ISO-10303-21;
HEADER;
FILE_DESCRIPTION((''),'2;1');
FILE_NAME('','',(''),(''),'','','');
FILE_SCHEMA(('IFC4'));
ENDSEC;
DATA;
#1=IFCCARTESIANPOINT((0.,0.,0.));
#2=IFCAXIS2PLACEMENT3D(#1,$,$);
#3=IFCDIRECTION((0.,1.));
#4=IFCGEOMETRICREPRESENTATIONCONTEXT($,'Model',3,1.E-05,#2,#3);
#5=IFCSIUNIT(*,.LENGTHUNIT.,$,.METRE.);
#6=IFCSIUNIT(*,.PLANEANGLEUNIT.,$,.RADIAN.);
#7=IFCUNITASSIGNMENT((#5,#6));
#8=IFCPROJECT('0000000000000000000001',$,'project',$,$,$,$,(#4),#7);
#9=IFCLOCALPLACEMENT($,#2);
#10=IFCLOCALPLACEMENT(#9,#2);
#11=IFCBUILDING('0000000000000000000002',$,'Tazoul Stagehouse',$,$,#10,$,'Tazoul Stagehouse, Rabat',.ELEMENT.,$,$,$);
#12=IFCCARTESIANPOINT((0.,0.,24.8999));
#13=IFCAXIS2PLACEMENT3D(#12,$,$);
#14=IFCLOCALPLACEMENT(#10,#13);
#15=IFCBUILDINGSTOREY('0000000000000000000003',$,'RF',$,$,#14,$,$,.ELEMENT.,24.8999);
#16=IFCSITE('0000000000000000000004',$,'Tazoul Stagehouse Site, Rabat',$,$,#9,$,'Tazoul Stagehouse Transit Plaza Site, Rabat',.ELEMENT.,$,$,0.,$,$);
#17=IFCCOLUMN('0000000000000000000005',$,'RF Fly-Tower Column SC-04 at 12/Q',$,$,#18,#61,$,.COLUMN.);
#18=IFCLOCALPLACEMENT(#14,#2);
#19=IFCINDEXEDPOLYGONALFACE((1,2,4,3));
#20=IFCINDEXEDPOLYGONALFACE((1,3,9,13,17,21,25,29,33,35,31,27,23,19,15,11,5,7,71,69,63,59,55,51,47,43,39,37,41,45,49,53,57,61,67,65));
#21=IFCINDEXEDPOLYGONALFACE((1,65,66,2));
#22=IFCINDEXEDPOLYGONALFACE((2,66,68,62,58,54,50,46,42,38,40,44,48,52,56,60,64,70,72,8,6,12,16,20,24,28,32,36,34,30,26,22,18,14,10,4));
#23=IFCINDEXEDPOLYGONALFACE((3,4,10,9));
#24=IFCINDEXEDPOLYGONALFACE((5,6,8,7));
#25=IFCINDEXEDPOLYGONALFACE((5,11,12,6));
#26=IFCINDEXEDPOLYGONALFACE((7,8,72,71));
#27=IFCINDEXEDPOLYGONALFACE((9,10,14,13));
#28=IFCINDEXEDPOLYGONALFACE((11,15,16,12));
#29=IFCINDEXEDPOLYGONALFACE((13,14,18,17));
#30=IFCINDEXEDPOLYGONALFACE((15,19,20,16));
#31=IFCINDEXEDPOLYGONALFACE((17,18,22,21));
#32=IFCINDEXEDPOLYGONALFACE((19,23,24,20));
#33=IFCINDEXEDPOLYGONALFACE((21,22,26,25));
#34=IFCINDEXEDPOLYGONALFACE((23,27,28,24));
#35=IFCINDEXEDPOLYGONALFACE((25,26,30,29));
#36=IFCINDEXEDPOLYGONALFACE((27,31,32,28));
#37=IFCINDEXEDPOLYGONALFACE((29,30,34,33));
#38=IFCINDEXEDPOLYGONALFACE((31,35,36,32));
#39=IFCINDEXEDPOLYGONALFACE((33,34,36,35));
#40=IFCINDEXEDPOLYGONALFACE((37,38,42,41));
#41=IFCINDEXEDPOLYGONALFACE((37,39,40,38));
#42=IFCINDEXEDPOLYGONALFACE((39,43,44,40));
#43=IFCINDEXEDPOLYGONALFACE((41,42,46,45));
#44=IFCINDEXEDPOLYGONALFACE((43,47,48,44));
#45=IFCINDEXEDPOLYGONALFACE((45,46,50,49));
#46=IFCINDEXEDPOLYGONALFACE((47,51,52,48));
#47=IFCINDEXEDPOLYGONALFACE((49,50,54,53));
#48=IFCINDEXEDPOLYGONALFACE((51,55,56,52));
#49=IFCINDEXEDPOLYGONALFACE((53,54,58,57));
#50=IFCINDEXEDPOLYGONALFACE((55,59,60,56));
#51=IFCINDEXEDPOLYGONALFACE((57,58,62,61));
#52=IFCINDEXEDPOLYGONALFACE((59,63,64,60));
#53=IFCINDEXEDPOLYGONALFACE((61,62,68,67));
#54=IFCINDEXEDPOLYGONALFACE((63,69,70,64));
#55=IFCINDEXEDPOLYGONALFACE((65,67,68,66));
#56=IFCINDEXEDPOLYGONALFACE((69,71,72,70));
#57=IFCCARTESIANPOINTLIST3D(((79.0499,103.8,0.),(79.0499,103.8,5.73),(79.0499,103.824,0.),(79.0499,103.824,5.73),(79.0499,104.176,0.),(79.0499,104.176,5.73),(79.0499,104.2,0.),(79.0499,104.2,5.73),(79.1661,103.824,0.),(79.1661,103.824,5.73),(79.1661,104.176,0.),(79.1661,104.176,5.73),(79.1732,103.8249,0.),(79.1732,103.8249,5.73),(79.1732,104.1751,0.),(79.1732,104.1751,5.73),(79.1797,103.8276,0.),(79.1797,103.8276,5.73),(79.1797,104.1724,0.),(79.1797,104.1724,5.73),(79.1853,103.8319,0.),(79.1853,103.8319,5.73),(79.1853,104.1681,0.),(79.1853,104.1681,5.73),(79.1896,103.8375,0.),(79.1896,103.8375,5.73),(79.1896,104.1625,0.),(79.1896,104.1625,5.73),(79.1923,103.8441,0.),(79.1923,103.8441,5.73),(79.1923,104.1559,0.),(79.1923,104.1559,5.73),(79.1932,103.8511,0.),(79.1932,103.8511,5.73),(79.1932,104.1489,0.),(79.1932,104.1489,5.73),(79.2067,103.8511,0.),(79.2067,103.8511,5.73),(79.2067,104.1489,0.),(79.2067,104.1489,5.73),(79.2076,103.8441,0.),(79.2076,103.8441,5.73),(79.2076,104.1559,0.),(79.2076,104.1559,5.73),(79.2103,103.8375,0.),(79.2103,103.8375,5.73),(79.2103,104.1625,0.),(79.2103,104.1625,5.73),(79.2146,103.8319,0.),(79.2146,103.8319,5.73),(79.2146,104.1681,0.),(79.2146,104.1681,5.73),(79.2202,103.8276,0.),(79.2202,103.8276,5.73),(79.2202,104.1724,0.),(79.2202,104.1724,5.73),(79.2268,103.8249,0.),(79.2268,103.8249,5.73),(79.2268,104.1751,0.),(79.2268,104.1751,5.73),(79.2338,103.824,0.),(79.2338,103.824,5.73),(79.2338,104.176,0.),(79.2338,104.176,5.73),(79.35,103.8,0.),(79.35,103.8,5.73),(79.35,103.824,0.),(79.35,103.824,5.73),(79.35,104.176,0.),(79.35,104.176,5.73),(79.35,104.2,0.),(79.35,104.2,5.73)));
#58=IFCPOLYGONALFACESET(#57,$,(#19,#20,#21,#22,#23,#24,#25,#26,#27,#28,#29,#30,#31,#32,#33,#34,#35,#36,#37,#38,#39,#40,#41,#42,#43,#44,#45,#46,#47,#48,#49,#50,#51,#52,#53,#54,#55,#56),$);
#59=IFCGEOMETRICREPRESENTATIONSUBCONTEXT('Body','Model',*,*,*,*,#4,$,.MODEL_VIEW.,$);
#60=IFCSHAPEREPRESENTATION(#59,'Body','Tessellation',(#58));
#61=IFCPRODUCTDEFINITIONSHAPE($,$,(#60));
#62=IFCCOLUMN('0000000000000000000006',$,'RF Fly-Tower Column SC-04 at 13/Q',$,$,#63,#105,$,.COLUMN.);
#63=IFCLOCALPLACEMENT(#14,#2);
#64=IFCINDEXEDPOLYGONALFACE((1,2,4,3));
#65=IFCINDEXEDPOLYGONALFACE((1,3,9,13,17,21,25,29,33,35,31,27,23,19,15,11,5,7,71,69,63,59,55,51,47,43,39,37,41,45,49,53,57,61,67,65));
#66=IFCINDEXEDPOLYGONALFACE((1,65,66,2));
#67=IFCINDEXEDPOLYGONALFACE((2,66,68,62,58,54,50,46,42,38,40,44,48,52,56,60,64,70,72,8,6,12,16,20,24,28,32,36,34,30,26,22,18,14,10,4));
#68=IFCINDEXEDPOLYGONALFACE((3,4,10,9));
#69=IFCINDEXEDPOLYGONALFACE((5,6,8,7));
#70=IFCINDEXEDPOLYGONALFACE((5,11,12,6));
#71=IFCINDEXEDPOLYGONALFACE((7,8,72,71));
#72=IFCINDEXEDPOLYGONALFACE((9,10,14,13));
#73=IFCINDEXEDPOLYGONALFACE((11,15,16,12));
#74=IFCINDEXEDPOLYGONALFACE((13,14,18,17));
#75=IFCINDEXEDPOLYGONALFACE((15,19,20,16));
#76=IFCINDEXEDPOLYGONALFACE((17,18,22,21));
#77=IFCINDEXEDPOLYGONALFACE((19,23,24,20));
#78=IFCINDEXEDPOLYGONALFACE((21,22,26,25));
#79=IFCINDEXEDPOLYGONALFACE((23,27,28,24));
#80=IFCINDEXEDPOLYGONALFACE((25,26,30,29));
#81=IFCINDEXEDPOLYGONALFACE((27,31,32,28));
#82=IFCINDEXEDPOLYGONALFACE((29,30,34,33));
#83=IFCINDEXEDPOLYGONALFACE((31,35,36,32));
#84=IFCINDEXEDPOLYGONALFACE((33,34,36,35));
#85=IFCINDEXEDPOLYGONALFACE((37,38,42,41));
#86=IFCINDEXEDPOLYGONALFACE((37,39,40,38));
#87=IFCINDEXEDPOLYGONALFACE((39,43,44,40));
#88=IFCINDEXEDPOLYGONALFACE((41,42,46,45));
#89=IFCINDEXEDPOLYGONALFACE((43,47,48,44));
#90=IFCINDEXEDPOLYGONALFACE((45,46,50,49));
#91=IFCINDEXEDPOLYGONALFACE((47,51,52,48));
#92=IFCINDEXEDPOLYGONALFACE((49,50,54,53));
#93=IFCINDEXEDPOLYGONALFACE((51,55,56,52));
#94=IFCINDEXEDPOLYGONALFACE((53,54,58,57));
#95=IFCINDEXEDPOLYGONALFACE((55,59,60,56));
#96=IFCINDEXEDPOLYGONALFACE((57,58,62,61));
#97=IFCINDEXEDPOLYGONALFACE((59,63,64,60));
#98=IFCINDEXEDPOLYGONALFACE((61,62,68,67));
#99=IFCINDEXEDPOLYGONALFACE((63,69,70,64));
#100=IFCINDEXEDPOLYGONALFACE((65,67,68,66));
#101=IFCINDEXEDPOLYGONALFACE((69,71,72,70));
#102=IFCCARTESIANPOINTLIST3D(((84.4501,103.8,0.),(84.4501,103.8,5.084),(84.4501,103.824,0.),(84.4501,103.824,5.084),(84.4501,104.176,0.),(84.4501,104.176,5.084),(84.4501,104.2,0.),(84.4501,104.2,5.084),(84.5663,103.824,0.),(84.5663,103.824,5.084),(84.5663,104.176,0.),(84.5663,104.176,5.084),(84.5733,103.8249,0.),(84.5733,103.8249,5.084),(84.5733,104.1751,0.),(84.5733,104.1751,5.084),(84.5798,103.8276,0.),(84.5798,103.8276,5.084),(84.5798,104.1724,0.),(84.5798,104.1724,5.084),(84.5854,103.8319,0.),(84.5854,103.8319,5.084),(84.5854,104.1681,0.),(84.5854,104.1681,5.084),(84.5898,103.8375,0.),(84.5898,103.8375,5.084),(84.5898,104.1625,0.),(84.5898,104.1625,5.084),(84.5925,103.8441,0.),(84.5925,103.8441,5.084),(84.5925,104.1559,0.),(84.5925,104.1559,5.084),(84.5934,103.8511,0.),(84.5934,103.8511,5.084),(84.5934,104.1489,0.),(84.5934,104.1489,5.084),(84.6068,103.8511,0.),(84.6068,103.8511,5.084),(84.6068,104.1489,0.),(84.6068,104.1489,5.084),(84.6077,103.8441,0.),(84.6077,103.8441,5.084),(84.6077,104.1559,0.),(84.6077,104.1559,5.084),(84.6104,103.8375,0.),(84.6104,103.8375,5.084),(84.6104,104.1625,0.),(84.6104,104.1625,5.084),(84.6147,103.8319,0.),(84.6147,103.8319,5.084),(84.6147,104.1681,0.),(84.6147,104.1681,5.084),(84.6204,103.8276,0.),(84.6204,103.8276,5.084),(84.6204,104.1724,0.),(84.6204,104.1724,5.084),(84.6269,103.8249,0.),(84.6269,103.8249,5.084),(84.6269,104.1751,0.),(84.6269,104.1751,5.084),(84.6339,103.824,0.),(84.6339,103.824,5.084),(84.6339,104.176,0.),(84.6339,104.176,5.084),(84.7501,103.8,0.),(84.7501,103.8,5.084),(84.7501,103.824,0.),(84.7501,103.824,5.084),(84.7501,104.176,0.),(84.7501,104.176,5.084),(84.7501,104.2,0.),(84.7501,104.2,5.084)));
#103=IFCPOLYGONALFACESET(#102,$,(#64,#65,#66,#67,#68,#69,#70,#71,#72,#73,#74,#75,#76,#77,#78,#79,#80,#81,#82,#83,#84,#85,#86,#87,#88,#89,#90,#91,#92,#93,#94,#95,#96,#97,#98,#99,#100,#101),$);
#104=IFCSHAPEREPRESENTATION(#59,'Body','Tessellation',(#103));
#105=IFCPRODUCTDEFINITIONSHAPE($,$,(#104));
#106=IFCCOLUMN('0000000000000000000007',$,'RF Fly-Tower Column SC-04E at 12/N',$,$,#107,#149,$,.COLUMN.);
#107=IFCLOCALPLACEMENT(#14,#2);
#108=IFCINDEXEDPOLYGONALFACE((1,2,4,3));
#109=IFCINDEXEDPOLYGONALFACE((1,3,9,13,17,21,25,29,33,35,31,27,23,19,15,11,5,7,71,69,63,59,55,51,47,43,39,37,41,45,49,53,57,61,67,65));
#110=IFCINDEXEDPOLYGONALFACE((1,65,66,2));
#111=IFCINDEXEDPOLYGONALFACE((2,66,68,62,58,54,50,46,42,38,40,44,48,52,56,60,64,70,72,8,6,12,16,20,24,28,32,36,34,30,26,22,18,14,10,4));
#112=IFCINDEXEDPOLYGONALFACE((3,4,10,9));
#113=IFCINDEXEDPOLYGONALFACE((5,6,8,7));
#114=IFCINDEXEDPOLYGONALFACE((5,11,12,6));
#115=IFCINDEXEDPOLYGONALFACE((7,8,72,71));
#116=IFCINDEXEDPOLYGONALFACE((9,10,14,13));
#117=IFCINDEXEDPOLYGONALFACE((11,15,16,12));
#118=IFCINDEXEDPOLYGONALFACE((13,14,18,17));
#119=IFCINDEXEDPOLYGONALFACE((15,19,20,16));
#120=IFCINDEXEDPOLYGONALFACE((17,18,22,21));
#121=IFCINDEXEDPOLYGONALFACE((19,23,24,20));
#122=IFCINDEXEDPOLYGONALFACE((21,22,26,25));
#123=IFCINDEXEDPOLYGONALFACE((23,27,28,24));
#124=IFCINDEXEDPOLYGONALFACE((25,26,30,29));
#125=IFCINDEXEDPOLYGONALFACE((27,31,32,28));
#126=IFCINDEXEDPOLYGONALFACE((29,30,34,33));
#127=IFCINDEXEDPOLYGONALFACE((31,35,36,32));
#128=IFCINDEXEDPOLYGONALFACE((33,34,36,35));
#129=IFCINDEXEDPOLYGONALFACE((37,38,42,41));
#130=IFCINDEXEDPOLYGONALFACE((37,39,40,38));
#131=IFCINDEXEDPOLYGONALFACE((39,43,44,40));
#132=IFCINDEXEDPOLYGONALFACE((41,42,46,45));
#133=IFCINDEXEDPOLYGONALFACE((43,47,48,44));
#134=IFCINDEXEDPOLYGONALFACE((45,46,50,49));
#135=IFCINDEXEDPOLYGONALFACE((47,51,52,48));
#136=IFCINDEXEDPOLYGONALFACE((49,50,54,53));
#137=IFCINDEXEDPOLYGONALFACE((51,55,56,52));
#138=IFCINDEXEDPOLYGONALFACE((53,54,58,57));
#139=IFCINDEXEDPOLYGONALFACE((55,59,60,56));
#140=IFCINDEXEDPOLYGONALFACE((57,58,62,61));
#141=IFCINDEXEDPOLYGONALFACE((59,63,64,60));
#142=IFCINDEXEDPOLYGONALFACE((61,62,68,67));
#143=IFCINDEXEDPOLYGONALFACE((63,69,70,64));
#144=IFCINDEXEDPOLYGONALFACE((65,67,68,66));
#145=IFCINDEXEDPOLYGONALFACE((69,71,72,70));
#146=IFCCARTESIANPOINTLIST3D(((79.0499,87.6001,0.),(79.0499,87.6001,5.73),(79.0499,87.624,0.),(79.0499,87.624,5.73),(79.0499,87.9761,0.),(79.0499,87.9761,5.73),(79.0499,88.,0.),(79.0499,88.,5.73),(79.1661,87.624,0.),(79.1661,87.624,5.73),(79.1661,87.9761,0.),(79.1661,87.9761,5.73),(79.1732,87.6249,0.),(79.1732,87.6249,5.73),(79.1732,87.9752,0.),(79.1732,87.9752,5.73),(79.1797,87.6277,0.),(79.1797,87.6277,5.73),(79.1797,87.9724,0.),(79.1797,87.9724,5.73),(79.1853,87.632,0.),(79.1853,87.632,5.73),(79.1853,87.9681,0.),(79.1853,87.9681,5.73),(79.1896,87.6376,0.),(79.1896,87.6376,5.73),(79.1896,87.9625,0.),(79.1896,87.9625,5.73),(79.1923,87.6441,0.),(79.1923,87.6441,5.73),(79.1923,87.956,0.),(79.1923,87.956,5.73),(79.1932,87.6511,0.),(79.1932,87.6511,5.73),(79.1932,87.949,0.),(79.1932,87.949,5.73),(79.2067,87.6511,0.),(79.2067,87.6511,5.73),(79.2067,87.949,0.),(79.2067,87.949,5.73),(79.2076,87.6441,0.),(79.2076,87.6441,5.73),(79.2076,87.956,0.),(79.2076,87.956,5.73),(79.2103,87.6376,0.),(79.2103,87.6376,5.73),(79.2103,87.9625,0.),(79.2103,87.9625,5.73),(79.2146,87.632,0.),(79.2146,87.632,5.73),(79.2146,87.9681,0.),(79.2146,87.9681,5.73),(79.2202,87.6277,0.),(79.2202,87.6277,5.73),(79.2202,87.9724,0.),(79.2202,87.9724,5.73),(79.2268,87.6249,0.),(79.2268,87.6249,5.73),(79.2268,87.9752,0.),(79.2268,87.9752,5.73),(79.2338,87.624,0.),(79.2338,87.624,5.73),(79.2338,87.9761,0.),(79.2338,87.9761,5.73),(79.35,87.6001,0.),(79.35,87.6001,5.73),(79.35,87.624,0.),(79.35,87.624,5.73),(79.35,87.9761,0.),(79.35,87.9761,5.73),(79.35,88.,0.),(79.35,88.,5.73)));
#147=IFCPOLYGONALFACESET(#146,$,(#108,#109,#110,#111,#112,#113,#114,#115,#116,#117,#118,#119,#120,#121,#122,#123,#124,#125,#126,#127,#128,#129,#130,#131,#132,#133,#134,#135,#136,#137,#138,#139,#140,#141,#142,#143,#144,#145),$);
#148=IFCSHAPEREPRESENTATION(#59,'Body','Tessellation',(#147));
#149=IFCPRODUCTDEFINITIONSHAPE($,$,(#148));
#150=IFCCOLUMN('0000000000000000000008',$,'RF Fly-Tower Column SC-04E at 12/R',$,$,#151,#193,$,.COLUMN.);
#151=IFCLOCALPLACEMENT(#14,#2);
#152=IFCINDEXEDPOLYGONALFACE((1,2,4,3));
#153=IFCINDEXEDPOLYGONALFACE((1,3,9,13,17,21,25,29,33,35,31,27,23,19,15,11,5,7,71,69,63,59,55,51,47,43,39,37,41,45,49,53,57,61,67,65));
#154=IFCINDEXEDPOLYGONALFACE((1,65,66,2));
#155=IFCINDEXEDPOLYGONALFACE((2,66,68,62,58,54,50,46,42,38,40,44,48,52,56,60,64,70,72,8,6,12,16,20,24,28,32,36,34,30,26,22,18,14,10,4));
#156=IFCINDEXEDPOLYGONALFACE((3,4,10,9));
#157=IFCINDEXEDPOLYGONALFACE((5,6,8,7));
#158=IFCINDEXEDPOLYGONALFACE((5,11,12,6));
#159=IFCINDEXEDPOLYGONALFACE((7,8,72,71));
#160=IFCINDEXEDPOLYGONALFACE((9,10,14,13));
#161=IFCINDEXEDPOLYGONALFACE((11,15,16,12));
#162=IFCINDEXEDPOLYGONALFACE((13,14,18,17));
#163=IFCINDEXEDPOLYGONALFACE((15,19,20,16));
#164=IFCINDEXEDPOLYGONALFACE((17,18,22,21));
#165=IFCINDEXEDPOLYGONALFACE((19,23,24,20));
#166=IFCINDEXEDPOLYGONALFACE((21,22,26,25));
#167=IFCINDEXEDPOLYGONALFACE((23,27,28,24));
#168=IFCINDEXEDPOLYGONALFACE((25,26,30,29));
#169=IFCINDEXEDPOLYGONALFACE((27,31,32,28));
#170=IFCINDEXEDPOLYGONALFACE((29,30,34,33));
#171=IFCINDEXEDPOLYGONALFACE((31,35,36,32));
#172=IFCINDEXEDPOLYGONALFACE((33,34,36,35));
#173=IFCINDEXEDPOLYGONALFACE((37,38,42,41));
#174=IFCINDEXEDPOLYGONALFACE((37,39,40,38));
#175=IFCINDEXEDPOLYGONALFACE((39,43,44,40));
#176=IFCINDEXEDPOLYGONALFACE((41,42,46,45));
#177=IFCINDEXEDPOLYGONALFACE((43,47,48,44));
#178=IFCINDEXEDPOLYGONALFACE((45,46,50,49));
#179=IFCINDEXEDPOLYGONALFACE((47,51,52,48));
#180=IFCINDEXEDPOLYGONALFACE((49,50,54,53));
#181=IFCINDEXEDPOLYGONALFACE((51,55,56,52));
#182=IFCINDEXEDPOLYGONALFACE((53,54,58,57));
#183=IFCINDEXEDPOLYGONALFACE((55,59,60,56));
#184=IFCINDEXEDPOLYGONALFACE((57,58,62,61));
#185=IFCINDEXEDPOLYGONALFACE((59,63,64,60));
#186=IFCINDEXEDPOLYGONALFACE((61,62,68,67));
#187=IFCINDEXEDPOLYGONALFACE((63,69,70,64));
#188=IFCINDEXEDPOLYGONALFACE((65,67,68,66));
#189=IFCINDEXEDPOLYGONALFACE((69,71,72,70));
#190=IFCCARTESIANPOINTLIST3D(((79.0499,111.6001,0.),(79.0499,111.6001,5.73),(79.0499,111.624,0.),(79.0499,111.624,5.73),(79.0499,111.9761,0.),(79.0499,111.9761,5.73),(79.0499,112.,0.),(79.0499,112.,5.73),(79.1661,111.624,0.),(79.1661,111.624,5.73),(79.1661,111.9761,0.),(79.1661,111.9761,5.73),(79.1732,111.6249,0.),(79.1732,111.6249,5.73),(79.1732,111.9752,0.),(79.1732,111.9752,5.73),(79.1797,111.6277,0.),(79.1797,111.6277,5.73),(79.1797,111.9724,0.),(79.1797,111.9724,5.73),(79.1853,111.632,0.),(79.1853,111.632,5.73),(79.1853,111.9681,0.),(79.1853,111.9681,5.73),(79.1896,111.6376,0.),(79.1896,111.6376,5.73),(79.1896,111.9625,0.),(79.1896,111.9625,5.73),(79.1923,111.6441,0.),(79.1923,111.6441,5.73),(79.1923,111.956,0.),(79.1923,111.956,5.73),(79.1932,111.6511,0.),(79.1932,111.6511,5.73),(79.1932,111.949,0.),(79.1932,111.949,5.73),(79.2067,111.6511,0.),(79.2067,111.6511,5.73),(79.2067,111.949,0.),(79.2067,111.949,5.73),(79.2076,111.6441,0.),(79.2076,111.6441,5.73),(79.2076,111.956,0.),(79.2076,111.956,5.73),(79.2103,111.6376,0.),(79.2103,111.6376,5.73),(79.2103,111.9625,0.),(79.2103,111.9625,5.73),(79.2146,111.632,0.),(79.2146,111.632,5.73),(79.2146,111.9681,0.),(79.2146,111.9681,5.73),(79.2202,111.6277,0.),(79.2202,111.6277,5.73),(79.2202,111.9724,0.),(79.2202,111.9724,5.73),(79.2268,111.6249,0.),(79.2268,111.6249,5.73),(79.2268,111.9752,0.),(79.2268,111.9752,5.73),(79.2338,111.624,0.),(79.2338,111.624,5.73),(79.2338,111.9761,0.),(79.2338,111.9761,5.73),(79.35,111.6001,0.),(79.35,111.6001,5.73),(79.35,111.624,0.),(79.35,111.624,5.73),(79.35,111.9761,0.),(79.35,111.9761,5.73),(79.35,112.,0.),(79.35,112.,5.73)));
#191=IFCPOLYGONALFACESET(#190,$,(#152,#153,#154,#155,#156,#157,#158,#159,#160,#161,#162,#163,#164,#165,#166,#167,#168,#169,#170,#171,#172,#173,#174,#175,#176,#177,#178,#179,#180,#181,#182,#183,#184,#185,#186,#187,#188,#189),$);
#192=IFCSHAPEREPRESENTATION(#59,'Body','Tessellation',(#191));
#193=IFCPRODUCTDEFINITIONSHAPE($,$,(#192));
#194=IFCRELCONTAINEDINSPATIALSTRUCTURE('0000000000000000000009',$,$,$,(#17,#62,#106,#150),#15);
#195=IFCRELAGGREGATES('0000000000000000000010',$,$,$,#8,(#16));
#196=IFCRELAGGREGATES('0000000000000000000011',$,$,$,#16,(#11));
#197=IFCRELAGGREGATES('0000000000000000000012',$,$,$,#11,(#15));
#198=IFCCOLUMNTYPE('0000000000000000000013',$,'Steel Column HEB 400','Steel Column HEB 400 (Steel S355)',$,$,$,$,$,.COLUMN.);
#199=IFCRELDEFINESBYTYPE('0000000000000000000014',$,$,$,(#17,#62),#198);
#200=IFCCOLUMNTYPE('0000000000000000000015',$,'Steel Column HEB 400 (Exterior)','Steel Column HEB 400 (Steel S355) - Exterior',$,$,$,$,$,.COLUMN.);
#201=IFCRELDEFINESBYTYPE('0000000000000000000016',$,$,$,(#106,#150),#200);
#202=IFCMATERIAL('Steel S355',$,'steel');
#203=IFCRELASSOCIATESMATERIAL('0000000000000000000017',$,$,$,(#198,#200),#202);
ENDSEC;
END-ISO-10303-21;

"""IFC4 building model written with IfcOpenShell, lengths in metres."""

from ifc_helpers import new_model, si_unit, direction, frame, origin, origin_2d, place, context, subcontext, project, spatial, i_section, extrude, material, material_profile, profile_set, type_object, element, save


model = new_model("IFC4")

# Units and contexts
model_context = context("Model", 3, precision=1e-05, world=origin(), true_north=direction((0.0, 1.0)))
body_context = subcontext(model_context, "Body", "Model", "MODEL_VIEW")
ifc_project = project(units=[si_unit("LENGTHUNIT", "METRE"), si_unit("PLANEANGLEUNIT", "RADIAN")], contexts=[model_context])

# Site, building, storey
site_placement = place(None, origin())
site = spatial("IfcSite", under=ifc_project, at=site_placement, Name="Tazoul Stagehouse Site, Rabat", LongName="Tazoul Stagehouse Transit Plaza Site, Rabat", CompositionType="ELEMENT", RefElevation=0.0)
building_placement = place(site_placement, origin())
building = spatial("IfcBuilding", under=site, at=building_placement, Name="Tazoul Stagehouse", LongName="Tazoul Stagehouse, Rabat", CompositionType="ELEMENT")
storey_placement = place(building_placement, frame((0.0, 0.0, 24.8999)))
storey = spatial("IfcBuildingStorey", under=building, at=storey_placement, Name="RF", CompositionType="ELEMENT", Elevation=24.8999)

# Columns
ifc_material_1 = material(Name="Steel S355", Category="steel")
ifc_material_profile_1 = material_profile(ifc_material_1, i_section(OverallWidth=0.3, OverallDepth=0.3999, WebThickness=0.0134, FlangeThickness=0.0239, FilletRadius=0.0271, at=origin_2d()), Name="HEB 400")
ifc_profile_set_1 = profile_set([ifc_material_profile_1], Name="Steel S355")
column_type_1 = type_object("IfcColumnType", Name="Steel Column HEB 400", Description="Steel Column HEB 400 (Steel S355)", PredefinedType="COLUMN", material=ifc_profile_set_1)
column_1_placement = place(storey_placement, frame((79.2, 104.0, 0.0), z_axis=(0.0, 0.0, 1.0), x_axis=(1.0, 0.0, 0.0)))
element("IfcColumn", 1, at=column_1_placement, inside=storey, type_object=column_type_1, Name="RF Fly-Tower Column SC-04 at 12/Q", PredefinedType="COLUMN", context=body_context, shape_type="SweptSolid", body=[
    extrude(i_section(OverallWidth=0.3, OverallDepth=0.3999, WebThickness=0.0134, FlangeThickness=0.0239, FilletRadius=0.0271, at=origin_2d()), origin(), (0.0, 0.0, 1.0), 5.73),
])
column_2_placement = place(storey_placement, frame((84.6001, 104.0, 0.0), z_axis=(0.0, 0.0, 1.0), x_axis=(1.0, 0.0, 0.0)))
element("IfcColumn", 2, at=column_2_placement, inside=storey, type_object=column_type_1, Name="RF Fly-Tower Column SC-04 at 13/Q", PredefinedType="COLUMN", context=body_context, shape_type="SweptSolid", body=[
    extrude(i_section(OverallWidth=0.3, OverallDepth=0.3999, WebThickness=0.0134, FlangeThickness=0.0239, FilletRadius=0.0271, at=origin_2d()), origin(), (0.0, 0.0, 1.0), 5.084),
])
ifc_material_profile_2 = material_profile(ifc_material_1, i_section(OverallWidth=0.3, OverallDepth=0.3999, WebThickness=0.0134, FlangeThickness=0.0239, FilletRadius=0.0271, at=origin_2d()), Name="HEB 400")
ifc_profile_set_2 = profile_set([ifc_material_profile_2], Name="Steel S355")
column_type_2 = type_object("IfcColumnType", Name="Steel Column HEB 400 (Exterior)", Description="Steel Column HEB 400 (Steel S355) - Exterior", PredefinedType="COLUMN", material=ifc_profile_set_2)
for number, where, z_axis, x_axis, name in (
    (3, (79.2, 87.8, 0.0), (0.0, 0.0, 1.0), (1.0, 0.0, 0.0), "RF Fly-Tower Column SC-04E at 12/N"),
    (4, (79.2, 111.8, 0.0), (0.0, 0.0, 1.0), (1.0, 0.0, 0.0), "RF Fly-Tower Column SC-04E at 12/R"),
):
    element("IfcColumn", number, at=place(storey_placement, frame(where, z_axis=z_axis, x_axis=x_axis)), inside=storey, type_object=column_type_2, Name=name, PredefinedType="COLUMN", context=body_context, shape_type="SweptSolid", body=[
        extrude(i_section(OverallWidth=0.3, OverallDepth=0.3999, WebThickness=0.0134, FlangeThickness=0.0239, FilletRadius=0.0271, at=origin_2d()), origin(), (0.0, 0.0, 1.0), 5.73),
    ])

save(model, "model.ifc")
